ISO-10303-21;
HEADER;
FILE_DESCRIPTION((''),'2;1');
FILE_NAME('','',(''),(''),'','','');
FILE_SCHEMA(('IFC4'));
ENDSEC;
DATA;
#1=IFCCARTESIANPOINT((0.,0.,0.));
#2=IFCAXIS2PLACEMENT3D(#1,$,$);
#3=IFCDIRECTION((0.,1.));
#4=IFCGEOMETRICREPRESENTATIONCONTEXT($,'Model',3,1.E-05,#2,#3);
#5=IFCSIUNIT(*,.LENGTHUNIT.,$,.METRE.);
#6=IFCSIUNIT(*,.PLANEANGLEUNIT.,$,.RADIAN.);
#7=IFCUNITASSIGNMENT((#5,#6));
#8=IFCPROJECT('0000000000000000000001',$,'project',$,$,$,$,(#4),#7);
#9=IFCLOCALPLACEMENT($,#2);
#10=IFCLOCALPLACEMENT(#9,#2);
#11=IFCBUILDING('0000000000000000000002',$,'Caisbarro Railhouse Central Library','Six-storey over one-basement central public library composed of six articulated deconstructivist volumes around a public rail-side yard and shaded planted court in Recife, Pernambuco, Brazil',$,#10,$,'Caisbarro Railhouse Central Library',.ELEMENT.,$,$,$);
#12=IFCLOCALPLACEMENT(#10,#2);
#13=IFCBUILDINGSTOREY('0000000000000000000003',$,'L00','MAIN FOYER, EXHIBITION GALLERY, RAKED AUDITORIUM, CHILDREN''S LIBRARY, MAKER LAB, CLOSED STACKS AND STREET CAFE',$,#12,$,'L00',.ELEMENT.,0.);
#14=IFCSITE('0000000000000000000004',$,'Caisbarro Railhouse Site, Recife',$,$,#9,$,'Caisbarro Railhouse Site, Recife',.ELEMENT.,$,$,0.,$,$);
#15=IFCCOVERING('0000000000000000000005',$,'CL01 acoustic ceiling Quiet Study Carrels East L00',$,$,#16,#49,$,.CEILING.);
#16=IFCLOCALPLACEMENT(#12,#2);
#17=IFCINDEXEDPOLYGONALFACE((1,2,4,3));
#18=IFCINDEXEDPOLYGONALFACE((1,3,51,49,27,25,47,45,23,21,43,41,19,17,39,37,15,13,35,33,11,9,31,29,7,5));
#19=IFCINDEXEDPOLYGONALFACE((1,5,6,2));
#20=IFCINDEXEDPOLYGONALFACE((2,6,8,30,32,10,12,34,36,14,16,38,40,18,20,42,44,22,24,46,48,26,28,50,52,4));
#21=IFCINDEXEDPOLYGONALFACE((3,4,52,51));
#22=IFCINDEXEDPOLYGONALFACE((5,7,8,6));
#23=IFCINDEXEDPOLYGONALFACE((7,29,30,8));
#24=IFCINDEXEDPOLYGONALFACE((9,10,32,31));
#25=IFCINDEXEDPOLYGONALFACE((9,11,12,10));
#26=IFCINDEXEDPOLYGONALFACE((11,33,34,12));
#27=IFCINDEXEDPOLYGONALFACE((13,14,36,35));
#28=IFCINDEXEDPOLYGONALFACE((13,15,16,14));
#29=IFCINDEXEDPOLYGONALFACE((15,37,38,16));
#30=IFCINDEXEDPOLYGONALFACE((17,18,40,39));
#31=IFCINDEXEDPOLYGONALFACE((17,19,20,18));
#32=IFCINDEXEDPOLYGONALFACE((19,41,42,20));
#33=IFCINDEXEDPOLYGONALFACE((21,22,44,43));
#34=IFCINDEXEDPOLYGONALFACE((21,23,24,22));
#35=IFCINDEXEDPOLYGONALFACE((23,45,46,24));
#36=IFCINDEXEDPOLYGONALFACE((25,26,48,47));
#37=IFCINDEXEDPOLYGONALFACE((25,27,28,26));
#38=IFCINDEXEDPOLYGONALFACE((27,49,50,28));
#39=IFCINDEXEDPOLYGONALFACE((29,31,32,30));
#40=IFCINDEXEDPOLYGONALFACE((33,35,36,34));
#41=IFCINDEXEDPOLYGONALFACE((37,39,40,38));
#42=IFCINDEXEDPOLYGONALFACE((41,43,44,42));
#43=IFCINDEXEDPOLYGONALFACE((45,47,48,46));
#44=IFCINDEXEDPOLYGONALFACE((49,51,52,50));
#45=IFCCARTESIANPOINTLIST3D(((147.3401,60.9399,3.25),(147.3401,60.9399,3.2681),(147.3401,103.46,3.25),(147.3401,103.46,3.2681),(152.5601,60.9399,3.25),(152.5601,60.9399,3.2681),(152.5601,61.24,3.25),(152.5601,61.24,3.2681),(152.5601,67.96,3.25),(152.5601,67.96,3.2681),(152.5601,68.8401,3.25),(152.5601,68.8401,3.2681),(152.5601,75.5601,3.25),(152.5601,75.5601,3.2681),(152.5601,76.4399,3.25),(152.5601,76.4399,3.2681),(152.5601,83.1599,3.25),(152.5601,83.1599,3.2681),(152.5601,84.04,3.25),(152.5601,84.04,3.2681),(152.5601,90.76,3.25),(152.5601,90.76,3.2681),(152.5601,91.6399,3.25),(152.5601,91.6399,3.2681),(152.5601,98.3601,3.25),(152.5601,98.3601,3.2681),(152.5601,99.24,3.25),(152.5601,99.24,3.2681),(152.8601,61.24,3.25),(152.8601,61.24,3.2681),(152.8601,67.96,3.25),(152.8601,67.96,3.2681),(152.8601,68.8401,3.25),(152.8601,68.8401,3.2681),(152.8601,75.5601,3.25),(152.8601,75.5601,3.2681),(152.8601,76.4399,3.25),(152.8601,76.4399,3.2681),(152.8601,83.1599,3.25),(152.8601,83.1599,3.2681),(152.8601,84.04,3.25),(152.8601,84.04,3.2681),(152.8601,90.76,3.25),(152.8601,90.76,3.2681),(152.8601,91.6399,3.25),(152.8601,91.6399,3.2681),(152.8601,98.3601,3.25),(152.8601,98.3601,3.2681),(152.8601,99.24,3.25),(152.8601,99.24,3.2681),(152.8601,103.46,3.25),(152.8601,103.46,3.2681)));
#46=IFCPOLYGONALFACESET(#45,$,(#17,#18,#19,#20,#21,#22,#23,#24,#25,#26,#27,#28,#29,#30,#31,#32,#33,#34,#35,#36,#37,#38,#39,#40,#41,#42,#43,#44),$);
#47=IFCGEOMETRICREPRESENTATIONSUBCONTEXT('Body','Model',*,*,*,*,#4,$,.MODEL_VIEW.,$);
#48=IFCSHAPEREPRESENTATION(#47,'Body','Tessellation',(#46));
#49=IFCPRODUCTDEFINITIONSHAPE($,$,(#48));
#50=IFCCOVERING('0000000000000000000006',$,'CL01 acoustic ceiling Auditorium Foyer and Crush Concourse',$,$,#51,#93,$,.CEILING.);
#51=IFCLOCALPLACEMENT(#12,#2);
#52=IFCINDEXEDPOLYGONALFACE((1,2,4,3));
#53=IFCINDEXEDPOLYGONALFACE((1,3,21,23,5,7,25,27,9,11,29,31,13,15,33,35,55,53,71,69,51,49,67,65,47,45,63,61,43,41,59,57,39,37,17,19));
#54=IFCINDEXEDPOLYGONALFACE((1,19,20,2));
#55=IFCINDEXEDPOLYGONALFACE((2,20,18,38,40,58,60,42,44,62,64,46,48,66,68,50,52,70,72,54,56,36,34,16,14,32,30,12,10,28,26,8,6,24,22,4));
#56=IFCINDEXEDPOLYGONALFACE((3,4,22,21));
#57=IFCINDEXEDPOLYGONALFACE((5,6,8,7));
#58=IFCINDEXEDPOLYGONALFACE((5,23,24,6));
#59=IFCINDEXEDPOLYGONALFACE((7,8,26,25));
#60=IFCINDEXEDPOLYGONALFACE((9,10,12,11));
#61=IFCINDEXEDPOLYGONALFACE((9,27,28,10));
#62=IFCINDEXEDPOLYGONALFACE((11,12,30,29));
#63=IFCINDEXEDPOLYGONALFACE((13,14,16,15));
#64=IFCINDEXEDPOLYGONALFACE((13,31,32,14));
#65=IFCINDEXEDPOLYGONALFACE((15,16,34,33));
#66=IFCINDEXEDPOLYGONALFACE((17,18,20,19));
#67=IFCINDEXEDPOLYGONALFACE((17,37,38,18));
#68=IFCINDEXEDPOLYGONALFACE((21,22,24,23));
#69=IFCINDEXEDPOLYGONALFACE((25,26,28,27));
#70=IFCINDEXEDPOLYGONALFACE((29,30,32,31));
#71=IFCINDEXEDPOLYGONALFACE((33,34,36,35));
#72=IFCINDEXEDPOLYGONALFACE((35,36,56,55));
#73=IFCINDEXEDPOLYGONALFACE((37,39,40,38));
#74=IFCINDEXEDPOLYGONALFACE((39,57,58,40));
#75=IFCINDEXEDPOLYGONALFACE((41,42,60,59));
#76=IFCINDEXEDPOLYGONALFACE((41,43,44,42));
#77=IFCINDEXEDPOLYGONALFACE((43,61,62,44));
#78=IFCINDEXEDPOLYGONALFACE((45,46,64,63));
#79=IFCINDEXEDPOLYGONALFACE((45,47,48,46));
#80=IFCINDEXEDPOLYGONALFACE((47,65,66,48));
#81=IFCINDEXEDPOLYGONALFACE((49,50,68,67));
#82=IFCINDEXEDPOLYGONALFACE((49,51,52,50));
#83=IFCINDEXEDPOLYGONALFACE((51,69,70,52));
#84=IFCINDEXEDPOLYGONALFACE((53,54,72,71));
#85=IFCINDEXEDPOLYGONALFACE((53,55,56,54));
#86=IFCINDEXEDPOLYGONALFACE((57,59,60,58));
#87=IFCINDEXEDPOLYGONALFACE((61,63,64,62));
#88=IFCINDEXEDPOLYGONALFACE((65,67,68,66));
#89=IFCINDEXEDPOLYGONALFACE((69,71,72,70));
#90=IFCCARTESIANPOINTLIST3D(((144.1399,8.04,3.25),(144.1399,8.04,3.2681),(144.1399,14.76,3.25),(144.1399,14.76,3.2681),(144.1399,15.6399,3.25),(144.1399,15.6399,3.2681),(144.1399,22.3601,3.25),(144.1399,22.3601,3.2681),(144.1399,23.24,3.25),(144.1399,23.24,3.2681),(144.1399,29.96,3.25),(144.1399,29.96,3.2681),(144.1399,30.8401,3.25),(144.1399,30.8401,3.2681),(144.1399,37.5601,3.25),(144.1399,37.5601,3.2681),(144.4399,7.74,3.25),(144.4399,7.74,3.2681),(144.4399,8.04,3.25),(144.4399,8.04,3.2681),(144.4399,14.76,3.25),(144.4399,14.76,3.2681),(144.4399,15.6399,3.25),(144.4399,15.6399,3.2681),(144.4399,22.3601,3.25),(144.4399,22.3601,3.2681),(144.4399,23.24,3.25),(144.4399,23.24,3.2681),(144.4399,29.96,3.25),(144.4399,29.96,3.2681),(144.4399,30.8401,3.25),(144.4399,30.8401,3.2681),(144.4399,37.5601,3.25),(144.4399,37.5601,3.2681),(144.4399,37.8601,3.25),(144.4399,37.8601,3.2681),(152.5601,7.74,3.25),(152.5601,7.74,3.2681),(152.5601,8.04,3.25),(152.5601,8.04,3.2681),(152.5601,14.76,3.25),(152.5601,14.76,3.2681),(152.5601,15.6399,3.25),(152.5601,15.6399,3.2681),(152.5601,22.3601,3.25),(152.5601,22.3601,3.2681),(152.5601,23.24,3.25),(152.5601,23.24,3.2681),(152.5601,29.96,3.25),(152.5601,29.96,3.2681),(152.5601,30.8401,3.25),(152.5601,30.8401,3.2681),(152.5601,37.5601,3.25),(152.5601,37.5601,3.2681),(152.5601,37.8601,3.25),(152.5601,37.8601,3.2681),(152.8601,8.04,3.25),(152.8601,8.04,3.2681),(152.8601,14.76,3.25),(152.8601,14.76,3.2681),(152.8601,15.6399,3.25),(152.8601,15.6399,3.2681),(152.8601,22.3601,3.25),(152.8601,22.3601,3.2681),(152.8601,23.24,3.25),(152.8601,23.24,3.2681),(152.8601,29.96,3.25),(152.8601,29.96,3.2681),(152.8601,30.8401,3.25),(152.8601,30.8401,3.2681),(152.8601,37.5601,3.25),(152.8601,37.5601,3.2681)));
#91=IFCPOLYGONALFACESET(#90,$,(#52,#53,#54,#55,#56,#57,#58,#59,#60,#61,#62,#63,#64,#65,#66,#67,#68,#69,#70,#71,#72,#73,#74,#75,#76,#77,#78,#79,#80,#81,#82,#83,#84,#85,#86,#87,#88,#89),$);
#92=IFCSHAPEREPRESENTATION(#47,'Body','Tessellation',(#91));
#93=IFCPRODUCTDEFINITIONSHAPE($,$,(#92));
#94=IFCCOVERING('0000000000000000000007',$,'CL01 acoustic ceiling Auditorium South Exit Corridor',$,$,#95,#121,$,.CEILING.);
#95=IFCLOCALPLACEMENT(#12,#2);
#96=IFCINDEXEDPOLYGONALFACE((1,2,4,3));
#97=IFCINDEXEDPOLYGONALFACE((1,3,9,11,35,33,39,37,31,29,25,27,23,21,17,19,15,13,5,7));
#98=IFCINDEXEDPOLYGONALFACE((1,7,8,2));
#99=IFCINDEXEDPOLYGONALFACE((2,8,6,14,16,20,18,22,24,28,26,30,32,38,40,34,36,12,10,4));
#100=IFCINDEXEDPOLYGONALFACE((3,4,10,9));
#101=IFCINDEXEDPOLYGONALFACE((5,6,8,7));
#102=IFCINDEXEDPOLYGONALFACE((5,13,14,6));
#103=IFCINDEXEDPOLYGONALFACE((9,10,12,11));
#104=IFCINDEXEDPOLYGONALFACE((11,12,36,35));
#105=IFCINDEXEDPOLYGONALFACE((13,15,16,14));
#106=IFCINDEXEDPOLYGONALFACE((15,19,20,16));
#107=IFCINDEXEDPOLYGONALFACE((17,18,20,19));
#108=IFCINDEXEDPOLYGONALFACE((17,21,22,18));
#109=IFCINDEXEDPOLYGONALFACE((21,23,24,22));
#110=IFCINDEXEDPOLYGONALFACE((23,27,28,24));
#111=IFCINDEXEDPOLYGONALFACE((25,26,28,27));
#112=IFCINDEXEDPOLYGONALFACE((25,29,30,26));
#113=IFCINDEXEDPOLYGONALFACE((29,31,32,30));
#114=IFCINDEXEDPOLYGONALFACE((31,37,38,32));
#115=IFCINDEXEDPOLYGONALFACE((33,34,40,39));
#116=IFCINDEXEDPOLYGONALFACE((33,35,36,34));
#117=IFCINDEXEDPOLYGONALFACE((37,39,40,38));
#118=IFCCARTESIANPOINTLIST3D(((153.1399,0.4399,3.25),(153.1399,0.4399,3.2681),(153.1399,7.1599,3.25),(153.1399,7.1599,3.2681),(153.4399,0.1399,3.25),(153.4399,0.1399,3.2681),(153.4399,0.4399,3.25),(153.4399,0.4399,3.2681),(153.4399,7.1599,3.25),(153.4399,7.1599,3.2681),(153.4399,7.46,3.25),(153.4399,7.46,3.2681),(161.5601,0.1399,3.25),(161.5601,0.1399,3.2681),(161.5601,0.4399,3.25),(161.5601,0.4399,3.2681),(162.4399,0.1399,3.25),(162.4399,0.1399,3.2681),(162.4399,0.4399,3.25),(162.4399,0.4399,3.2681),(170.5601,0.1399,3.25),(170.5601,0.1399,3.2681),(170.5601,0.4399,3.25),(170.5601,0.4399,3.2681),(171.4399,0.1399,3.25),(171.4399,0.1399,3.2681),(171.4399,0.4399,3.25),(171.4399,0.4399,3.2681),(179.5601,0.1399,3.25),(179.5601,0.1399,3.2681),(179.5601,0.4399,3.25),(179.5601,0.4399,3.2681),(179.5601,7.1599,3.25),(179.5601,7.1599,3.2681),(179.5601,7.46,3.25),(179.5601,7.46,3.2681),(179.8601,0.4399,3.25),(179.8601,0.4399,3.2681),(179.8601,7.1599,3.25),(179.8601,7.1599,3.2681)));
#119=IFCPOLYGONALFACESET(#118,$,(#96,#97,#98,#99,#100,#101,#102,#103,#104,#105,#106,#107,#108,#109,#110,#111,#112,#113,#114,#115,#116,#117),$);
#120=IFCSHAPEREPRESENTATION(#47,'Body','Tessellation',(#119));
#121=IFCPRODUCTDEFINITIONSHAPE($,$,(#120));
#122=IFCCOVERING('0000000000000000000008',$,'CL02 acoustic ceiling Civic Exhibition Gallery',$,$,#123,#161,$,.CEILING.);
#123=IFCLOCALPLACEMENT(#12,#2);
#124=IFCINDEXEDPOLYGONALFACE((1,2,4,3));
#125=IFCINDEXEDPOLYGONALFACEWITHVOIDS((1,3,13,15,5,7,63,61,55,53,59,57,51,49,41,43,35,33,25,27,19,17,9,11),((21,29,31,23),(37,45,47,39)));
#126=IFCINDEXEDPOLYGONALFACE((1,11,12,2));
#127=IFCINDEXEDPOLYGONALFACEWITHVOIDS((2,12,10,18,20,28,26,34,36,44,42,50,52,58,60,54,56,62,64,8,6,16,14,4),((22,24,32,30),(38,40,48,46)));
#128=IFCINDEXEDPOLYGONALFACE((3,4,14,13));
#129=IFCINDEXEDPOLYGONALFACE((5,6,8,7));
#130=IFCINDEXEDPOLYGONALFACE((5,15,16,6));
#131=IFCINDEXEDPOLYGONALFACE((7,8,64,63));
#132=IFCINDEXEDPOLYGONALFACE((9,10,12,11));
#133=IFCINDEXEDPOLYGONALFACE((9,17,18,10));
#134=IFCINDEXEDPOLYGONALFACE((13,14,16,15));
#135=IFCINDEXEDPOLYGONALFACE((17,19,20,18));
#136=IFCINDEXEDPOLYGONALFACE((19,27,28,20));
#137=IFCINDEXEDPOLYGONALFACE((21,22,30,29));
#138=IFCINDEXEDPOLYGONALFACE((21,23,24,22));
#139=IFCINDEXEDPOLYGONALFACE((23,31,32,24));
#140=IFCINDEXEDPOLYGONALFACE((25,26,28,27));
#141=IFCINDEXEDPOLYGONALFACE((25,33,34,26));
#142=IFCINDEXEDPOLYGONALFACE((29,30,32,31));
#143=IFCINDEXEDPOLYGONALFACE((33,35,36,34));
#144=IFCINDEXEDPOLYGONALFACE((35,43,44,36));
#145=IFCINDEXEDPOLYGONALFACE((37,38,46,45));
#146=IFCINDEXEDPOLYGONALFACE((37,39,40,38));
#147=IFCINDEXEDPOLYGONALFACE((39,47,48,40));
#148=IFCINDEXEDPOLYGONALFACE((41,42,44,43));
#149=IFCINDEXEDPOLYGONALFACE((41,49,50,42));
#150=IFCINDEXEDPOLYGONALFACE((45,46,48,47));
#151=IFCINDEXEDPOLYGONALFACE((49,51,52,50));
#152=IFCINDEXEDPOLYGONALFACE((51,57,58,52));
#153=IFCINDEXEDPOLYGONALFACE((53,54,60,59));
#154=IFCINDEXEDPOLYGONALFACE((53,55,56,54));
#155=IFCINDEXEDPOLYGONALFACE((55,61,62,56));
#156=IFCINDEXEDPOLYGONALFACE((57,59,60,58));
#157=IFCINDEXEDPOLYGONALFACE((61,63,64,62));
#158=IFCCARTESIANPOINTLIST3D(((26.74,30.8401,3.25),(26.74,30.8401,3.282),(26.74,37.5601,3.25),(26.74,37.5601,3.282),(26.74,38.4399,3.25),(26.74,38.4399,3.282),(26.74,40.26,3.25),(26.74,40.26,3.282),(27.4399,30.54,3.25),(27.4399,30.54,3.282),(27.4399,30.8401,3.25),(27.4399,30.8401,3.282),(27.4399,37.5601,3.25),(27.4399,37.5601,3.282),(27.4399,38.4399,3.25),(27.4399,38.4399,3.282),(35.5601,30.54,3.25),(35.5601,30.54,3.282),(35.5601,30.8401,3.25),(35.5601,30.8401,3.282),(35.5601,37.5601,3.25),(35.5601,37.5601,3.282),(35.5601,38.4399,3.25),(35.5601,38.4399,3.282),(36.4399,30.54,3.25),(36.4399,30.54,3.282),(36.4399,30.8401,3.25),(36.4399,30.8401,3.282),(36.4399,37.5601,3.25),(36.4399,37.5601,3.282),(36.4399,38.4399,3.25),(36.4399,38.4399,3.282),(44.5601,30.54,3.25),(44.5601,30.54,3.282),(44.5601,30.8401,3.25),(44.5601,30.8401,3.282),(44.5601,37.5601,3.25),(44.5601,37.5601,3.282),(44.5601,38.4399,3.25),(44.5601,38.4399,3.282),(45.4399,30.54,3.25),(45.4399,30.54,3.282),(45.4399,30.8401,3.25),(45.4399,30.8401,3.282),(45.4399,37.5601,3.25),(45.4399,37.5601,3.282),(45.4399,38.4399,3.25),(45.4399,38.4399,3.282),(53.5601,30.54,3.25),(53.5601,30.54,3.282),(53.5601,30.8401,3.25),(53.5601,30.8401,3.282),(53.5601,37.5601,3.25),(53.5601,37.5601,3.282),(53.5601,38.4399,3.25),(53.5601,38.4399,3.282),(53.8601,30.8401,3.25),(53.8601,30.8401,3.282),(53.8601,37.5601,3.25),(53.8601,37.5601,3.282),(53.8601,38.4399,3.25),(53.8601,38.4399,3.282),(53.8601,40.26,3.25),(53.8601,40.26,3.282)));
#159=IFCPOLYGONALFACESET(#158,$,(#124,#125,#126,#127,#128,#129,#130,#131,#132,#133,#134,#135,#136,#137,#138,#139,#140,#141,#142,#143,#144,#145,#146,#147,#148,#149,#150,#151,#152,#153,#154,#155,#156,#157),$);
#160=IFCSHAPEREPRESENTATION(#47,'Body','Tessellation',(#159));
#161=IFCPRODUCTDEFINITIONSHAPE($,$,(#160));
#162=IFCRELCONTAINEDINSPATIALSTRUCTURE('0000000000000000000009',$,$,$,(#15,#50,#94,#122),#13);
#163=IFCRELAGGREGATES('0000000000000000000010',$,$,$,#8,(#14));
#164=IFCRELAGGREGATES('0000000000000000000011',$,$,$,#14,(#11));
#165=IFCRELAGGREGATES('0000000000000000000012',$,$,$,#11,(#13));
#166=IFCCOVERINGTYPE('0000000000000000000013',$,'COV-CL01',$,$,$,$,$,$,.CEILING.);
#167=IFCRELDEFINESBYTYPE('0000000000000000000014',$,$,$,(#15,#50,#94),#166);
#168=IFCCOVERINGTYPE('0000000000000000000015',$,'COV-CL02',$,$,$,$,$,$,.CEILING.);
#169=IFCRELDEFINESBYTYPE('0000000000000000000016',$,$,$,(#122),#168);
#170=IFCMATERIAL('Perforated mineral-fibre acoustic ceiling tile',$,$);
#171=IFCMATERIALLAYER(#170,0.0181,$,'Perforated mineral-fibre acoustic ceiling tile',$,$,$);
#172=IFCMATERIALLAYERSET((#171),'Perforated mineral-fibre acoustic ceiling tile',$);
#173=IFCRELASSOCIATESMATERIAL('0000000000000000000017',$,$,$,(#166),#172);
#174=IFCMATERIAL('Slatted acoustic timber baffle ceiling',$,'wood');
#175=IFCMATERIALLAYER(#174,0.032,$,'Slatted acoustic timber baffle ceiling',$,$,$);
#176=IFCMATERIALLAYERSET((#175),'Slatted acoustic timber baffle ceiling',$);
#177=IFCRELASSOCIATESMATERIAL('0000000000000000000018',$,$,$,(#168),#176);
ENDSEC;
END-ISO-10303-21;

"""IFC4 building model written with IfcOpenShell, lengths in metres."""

from ifc_helpers import new_model, si_unit, direction, frame, origin, place, context, subcontext, project, spatial, polyline, outline, extrude, material, layer, layer_set, type_object, element, save


model = new_model("IFC4")

# Units and contexts
model_context = context("Model", 3, precision=1e-05, world=origin(), true_north=direction((0.0, 1.0)))
body_context = subcontext(model_context, "Body", "Model", "MODEL_VIEW")
ifc_project = project(units=[si_unit("LENGTHUNIT", "METRE"), si_unit("PLANEANGLEUNIT", "RADIAN")], contexts=[model_context])

# Site, building, storey
site_placement = place(None, origin())
site = spatial("IfcSite", under=ifc_project, at=site_placement, Name="Caisbarro Railhouse Site, Recife", LongName="Caisbarro Railhouse Site, Recife", CompositionType="ELEMENT", RefElevation=0.0)
building_placement = place(site_placement, origin())
building = spatial("IfcBuilding", under=site, at=building_placement, Name="Caisbarro Railhouse Central Library", Description="Six-storey over one-basement central public library composed of six articulated deconstructivist volumes around a public rail-side yard and shaded planted court in Recife, Pernambuco, Brazil", LongName="Caisbarro Railhouse Central Library", CompositionType="ELEMENT")
storey_placement = place(building_placement, origin())
storey = spatial("IfcBuildingStorey", under=building, at=storey_placement, Name="L00", Description="MAIN FOYER, EXHIBITION GALLERY, RAKED AUDITORIUM, CHILDREN'S LIBRARY, MAKER LAB, CLOSED STACKS AND STREET CAFE", LongName="L00", CompositionType="ELEMENT", Elevation=0.0)

# Coverings
ifc_material_1 = material(Name="Perforated mineral-fibre acoustic ceiling tile")
ifc_layer_1 = layer(ifc_material_1, 0.0181, Name="Perforated mineral-fibre acoustic ceiling tile")
ifc_layer_set_1 = layer_set([ifc_layer_1], Name="Perforated mineral-fibre acoustic ceiling tile")
covering_type_1 = type_object("IfcCoveringType", Name="COV-CL01", PredefinedType="CEILING", material=ifc_layer_set_1)
covering_1_placement = place(storey_placement, frame((0.0, 0.0, 3.25)))
element("IfcCovering", 1, at=covering_1_placement, inside=storey, type_object=covering_type_1, Name="CL01 acoustic ceiling Quiet Study Carrels East L00", PredefinedType="CEILING", context=body_context, shape_type="SweptSolid", body=[
    extrude(outline(polyline([(152.8601, 75.5601), (152.8601, 68.8401), (152.5601, 68.8401), (152.5601, 67.96), (152.8601, 67.96), (152.8601, 61.24), (152.5601, 61.24), (152.5601, 60.9399), (147.3401, 60.9399), (147.3401, 103.46), (152.8601, 103.46), (152.8601, 99.24), (152.5601, 99.24), (152.5601, 98.3601), (152.8601, 98.3601), (152.8601, 91.6399), (152.5601, 91.6399), (152.5601, 90.76), (152.8601, 90.76), (152.8601, 84.04), (152.5601, 84.04), (152.5601, 83.1599), (152.8601, 83.1599), (152.8601, 76.4399), (152.5601, 76.4399), (152.5601, 75.5601), (152.8601, 75.5601)])), origin(), (0.0, 0.0, 1.0), 0.0181),
])
covering_2_placement = place(storey_placement, frame((0.0, 0.0, 3.25)))
element("IfcCovering", 2, at=covering_2_placement, inside=storey, type_object=covering_type_1, Name="CL01 acoustic ceiling Auditorium Foyer and Crush Concourse", PredefinedType="CEILING", context=body_context, shape_type="SweptSolid", body=[
    extrude(outline(polyline([(144.1399, 15.6399), (144.1399, 22.3601), (144.4399, 22.3601), (144.4399, 23.24), (144.1399, 23.24), (144.1399, 29.96), (144.4399, 29.96), (144.4399, 30.8401), (144.1399, 30.8401), (144.1399, 37.5601), (144.4399, 37.5601), (144.4399, 37.8601), (152.5601, 37.8601), (152.5601, 37.5601), (152.8601, 37.5601), (152.8601, 30.8401), (152.5601, 30.8401), (152.5601, 29.96), (152.8601, 29.96), (152.8601, 23.24), (152.5601, 23.24), (152.5601, 22.3601), (152.8601, 22.3601), (152.8601, 15.6399), (152.5601, 15.6399), (152.5601, 14.76), (152.8601, 14.76), (152.8601, 8.04), (152.5601, 8.04), (152.5601, 7.74), (144.4399, 7.74), (144.4399, 8.04), (144.1399, 8.04), (144.1399, 14.76), (144.4399, 14.76), (144.4399, 15.6399), (144.1399, 15.6399)])), origin(), (0.0, 0.0, 1.0), 0.0181),
])
covering_3_placement = place(storey_placement, frame((0.0, 0.0, 3.25)))
element("IfcCovering", 3, at=covering_3_placement, inside=storey, type_object=covering_type_1, Name="CL01 acoustic ceiling Auditorium South Exit Corridor", PredefinedType="CEILING", context=body_context, shape_type="SweptSolid", body=[
    extrude(outline(polyline([(170.5601, 0.4399), (170.5601, 0.1399), (162.4399, 0.1399), (162.4399, 0.4399), (161.5601, 0.4399), (161.5601, 0.1399), (153.4399, 0.1399), (153.4399, 0.4399), (153.1399, 0.4399), (153.1399, 7.1599), (153.4399, 7.1599), (153.4399, 7.46), (179.5601, 7.46), (179.5601, 7.1599), (179.8601, 7.1599), (179.8601, 0.4399), (179.5601, 0.4399), (179.5601, 0.1399), (171.4399, 0.1399), (171.4399, 0.4399), (170.5601, 0.4399)])), origin(), (0.0, 0.0, 1.0), 0.0181),
])
ifc_material_2 = material(Name="Slatted acoustic timber baffle ceiling", Category="wood")
ifc_layer_2 = layer(ifc_material_2, 0.032, Name="Slatted acoustic timber baffle ceiling")
ifc_layer_set_2 = layer_set([ifc_layer_2], Name="Slatted acoustic timber baffle ceiling")
covering_type_2 = type_object("IfcCoveringType", Name="COV-CL02", PredefinedType="CEILING", material=ifc_layer_set_2)
covering_4_placement = place(storey_placement, frame((0.0, 0.0, 3.25)))
element("IfcCovering", 4, at=covering_4_placement, inside=storey, type_object=covering_type_2, Name="CL02 acoustic ceiling Civic Exhibition Gallery", PredefinedType="CEILING", context=body_context, shape_type="SweptSolid", body=[
    extrude(outline(polyline([(27.4399, 30.54), (27.4399, 30.8401), (26.74, 30.8401), (26.74, 37.5601), (27.4399, 37.5601), (27.4399, 38.4399), (26.74, 38.4399), (26.74, 40.26), (53.8601, 40.26), (53.8601, 38.4399), (53.5601, 38.4399), (53.5601, 37.5601), (53.8601, 37.5601), (53.8601, 30.8401), (53.5601, 30.8401), (53.5601, 30.54), (45.4399, 30.54), (45.4399, 30.8401), (44.5601, 30.8401), (44.5601, 30.54), (36.4399, 30.54), (36.4399, 30.8401), (35.5601, 30.8401), (35.5601, 30.54), (27.4399, 30.54)]), holes=[polyline([(36.4399, 38.4399), (35.5601, 38.4399), (35.5601, 37.5601), (36.4399, 37.5601), (36.4399, 38.4399)]), polyline([(44.5601, 37.5601), (45.4399, 37.5601), (45.4399, 38.4399), (44.5601, 38.4399), (44.5601, 37.5601)])]), origin(), (0.0, 0.0, 1.0), 0.032),
])

save(model, "model.ifc")
